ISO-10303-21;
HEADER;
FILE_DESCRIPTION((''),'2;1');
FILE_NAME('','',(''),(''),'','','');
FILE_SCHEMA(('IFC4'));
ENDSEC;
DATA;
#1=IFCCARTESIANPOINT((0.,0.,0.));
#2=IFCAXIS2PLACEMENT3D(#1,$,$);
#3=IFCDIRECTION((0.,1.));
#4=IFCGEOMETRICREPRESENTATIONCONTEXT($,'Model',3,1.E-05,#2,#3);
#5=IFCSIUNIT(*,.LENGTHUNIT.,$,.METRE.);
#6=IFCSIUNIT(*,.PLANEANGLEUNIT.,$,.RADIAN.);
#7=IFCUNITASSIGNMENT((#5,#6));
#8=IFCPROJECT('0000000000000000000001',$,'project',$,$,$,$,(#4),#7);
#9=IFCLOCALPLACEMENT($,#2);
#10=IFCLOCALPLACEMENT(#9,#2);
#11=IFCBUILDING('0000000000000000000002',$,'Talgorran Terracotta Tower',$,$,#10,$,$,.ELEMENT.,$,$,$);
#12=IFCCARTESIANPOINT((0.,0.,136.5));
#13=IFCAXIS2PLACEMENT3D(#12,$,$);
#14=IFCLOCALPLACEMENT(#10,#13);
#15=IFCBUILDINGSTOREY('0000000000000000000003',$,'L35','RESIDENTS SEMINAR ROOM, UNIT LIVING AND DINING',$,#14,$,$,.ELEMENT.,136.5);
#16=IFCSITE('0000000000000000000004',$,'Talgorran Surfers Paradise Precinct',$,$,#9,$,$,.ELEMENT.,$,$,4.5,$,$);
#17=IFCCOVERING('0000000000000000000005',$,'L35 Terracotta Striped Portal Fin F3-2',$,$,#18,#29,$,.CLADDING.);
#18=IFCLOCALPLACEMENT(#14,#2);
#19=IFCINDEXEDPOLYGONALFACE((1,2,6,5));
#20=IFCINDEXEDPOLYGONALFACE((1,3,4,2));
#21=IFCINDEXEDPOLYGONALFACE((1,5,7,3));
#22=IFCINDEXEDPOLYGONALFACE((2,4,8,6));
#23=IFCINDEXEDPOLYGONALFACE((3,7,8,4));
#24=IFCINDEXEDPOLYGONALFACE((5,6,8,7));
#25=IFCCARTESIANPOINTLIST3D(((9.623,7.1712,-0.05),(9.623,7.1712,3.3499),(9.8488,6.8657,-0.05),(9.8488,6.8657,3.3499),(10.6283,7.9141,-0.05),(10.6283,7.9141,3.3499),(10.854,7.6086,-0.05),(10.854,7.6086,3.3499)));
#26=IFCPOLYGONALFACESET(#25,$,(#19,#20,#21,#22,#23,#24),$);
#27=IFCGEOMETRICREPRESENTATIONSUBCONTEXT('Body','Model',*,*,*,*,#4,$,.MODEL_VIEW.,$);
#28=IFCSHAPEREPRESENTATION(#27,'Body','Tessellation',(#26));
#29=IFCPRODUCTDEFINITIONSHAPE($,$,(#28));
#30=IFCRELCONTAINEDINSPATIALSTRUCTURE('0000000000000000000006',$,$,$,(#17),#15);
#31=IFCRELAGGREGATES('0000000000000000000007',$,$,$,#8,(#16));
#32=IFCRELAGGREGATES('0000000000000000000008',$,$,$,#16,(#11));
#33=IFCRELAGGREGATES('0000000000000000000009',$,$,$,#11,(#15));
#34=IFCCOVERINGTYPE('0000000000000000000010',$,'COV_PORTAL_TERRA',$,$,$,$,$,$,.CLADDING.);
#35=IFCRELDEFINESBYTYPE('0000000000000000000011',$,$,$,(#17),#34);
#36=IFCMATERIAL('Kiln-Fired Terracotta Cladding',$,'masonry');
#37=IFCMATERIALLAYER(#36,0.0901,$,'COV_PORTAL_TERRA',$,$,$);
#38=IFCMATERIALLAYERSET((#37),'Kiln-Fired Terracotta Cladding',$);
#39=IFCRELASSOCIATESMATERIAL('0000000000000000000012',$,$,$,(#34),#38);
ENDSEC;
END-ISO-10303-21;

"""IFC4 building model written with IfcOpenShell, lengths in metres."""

from ifc_helpers import new_model, si_unit, direction, frame, origin, origin_2d, place, context, subcontext, project, spatial, rectangle, extrude, material, layer, layer_set, type_object, element, save


model = new_model("IFC4")

# Units and contexts
model_context = context("Model", 3, precision=1e-05, world=origin(), true_north=direction((0.0, 1.0)))
body_context = subcontext(model_context, "Body", "Model", "MODEL_VIEW")
ifc_project = project(units=[si_unit("LENGTHUNIT", "METRE"), si_unit("PLANEANGLEUNIT", "RADIAN")], contexts=[model_context])

# Site, building, storey
site_placement = place(None, origin())
site = spatial("IfcSite", under=ifc_project, at=site_placement, Name="Talgorran Surfers Paradise Precinct", CompositionType="ELEMENT", RefElevation=4.5)
building_placement = place(site_placement, origin())
building = spatial("IfcBuilding", under=site, at=building_placement, Name="Talgorran Terracotta Tower", CompositionType="ELEMENT")
storey_placement = place(building_placement, frame((0.0, 0.0, 136.5)))
storey = spatial("IfcBuildingStorey", under=building, at=storey_placement, Name="L35", Description="RESIDENTS SEMINAR ROOM, UNIT LIVING AND DINING", CompositionType="ELEMENT", Elevation=136.5)

# Covering
ifc_material_1 = material(Name="Kiln-Fired Terracotta Cladding", Category="masonry")
ifc_layer_1 = layer(ifc_material_1, 0.0901, Name="COV_PORTAL_TERRA")
ifc_layer_set_1 = layer_set([ifc_layer_1], Name="Kiln-Fired Terracotta Cladding")
covering_type_1 = type_object("IfcCoveringType", Name="COV_PORTAL_TERRA", PredefinedType="CLADDING", material=ifc_layer_set_1)
covering_1_placement = place(storey_placement, frame((10.2385, 7.3899, -0.05), z_axis=(0.0, 0.0, 1.0), x_axis=(-0.59436, 0.804199, 0.0)))
element("IfcCovering", 1, at=covering_1_placement, inside=storey, type_object=covering_type_1, Name="L35 Terracotta Striped Portal Fin F3-2", PredefinedType="CLADDING", context=body_context, shape_type="SweptSolid", body=[
    extrude(rectangle(XDim=0.3799, YDim=1.25, at=origin_2d()), origin(), (0.0, 0.0, 1.0), 3.3999),
])

save(model, "model.ifc")
